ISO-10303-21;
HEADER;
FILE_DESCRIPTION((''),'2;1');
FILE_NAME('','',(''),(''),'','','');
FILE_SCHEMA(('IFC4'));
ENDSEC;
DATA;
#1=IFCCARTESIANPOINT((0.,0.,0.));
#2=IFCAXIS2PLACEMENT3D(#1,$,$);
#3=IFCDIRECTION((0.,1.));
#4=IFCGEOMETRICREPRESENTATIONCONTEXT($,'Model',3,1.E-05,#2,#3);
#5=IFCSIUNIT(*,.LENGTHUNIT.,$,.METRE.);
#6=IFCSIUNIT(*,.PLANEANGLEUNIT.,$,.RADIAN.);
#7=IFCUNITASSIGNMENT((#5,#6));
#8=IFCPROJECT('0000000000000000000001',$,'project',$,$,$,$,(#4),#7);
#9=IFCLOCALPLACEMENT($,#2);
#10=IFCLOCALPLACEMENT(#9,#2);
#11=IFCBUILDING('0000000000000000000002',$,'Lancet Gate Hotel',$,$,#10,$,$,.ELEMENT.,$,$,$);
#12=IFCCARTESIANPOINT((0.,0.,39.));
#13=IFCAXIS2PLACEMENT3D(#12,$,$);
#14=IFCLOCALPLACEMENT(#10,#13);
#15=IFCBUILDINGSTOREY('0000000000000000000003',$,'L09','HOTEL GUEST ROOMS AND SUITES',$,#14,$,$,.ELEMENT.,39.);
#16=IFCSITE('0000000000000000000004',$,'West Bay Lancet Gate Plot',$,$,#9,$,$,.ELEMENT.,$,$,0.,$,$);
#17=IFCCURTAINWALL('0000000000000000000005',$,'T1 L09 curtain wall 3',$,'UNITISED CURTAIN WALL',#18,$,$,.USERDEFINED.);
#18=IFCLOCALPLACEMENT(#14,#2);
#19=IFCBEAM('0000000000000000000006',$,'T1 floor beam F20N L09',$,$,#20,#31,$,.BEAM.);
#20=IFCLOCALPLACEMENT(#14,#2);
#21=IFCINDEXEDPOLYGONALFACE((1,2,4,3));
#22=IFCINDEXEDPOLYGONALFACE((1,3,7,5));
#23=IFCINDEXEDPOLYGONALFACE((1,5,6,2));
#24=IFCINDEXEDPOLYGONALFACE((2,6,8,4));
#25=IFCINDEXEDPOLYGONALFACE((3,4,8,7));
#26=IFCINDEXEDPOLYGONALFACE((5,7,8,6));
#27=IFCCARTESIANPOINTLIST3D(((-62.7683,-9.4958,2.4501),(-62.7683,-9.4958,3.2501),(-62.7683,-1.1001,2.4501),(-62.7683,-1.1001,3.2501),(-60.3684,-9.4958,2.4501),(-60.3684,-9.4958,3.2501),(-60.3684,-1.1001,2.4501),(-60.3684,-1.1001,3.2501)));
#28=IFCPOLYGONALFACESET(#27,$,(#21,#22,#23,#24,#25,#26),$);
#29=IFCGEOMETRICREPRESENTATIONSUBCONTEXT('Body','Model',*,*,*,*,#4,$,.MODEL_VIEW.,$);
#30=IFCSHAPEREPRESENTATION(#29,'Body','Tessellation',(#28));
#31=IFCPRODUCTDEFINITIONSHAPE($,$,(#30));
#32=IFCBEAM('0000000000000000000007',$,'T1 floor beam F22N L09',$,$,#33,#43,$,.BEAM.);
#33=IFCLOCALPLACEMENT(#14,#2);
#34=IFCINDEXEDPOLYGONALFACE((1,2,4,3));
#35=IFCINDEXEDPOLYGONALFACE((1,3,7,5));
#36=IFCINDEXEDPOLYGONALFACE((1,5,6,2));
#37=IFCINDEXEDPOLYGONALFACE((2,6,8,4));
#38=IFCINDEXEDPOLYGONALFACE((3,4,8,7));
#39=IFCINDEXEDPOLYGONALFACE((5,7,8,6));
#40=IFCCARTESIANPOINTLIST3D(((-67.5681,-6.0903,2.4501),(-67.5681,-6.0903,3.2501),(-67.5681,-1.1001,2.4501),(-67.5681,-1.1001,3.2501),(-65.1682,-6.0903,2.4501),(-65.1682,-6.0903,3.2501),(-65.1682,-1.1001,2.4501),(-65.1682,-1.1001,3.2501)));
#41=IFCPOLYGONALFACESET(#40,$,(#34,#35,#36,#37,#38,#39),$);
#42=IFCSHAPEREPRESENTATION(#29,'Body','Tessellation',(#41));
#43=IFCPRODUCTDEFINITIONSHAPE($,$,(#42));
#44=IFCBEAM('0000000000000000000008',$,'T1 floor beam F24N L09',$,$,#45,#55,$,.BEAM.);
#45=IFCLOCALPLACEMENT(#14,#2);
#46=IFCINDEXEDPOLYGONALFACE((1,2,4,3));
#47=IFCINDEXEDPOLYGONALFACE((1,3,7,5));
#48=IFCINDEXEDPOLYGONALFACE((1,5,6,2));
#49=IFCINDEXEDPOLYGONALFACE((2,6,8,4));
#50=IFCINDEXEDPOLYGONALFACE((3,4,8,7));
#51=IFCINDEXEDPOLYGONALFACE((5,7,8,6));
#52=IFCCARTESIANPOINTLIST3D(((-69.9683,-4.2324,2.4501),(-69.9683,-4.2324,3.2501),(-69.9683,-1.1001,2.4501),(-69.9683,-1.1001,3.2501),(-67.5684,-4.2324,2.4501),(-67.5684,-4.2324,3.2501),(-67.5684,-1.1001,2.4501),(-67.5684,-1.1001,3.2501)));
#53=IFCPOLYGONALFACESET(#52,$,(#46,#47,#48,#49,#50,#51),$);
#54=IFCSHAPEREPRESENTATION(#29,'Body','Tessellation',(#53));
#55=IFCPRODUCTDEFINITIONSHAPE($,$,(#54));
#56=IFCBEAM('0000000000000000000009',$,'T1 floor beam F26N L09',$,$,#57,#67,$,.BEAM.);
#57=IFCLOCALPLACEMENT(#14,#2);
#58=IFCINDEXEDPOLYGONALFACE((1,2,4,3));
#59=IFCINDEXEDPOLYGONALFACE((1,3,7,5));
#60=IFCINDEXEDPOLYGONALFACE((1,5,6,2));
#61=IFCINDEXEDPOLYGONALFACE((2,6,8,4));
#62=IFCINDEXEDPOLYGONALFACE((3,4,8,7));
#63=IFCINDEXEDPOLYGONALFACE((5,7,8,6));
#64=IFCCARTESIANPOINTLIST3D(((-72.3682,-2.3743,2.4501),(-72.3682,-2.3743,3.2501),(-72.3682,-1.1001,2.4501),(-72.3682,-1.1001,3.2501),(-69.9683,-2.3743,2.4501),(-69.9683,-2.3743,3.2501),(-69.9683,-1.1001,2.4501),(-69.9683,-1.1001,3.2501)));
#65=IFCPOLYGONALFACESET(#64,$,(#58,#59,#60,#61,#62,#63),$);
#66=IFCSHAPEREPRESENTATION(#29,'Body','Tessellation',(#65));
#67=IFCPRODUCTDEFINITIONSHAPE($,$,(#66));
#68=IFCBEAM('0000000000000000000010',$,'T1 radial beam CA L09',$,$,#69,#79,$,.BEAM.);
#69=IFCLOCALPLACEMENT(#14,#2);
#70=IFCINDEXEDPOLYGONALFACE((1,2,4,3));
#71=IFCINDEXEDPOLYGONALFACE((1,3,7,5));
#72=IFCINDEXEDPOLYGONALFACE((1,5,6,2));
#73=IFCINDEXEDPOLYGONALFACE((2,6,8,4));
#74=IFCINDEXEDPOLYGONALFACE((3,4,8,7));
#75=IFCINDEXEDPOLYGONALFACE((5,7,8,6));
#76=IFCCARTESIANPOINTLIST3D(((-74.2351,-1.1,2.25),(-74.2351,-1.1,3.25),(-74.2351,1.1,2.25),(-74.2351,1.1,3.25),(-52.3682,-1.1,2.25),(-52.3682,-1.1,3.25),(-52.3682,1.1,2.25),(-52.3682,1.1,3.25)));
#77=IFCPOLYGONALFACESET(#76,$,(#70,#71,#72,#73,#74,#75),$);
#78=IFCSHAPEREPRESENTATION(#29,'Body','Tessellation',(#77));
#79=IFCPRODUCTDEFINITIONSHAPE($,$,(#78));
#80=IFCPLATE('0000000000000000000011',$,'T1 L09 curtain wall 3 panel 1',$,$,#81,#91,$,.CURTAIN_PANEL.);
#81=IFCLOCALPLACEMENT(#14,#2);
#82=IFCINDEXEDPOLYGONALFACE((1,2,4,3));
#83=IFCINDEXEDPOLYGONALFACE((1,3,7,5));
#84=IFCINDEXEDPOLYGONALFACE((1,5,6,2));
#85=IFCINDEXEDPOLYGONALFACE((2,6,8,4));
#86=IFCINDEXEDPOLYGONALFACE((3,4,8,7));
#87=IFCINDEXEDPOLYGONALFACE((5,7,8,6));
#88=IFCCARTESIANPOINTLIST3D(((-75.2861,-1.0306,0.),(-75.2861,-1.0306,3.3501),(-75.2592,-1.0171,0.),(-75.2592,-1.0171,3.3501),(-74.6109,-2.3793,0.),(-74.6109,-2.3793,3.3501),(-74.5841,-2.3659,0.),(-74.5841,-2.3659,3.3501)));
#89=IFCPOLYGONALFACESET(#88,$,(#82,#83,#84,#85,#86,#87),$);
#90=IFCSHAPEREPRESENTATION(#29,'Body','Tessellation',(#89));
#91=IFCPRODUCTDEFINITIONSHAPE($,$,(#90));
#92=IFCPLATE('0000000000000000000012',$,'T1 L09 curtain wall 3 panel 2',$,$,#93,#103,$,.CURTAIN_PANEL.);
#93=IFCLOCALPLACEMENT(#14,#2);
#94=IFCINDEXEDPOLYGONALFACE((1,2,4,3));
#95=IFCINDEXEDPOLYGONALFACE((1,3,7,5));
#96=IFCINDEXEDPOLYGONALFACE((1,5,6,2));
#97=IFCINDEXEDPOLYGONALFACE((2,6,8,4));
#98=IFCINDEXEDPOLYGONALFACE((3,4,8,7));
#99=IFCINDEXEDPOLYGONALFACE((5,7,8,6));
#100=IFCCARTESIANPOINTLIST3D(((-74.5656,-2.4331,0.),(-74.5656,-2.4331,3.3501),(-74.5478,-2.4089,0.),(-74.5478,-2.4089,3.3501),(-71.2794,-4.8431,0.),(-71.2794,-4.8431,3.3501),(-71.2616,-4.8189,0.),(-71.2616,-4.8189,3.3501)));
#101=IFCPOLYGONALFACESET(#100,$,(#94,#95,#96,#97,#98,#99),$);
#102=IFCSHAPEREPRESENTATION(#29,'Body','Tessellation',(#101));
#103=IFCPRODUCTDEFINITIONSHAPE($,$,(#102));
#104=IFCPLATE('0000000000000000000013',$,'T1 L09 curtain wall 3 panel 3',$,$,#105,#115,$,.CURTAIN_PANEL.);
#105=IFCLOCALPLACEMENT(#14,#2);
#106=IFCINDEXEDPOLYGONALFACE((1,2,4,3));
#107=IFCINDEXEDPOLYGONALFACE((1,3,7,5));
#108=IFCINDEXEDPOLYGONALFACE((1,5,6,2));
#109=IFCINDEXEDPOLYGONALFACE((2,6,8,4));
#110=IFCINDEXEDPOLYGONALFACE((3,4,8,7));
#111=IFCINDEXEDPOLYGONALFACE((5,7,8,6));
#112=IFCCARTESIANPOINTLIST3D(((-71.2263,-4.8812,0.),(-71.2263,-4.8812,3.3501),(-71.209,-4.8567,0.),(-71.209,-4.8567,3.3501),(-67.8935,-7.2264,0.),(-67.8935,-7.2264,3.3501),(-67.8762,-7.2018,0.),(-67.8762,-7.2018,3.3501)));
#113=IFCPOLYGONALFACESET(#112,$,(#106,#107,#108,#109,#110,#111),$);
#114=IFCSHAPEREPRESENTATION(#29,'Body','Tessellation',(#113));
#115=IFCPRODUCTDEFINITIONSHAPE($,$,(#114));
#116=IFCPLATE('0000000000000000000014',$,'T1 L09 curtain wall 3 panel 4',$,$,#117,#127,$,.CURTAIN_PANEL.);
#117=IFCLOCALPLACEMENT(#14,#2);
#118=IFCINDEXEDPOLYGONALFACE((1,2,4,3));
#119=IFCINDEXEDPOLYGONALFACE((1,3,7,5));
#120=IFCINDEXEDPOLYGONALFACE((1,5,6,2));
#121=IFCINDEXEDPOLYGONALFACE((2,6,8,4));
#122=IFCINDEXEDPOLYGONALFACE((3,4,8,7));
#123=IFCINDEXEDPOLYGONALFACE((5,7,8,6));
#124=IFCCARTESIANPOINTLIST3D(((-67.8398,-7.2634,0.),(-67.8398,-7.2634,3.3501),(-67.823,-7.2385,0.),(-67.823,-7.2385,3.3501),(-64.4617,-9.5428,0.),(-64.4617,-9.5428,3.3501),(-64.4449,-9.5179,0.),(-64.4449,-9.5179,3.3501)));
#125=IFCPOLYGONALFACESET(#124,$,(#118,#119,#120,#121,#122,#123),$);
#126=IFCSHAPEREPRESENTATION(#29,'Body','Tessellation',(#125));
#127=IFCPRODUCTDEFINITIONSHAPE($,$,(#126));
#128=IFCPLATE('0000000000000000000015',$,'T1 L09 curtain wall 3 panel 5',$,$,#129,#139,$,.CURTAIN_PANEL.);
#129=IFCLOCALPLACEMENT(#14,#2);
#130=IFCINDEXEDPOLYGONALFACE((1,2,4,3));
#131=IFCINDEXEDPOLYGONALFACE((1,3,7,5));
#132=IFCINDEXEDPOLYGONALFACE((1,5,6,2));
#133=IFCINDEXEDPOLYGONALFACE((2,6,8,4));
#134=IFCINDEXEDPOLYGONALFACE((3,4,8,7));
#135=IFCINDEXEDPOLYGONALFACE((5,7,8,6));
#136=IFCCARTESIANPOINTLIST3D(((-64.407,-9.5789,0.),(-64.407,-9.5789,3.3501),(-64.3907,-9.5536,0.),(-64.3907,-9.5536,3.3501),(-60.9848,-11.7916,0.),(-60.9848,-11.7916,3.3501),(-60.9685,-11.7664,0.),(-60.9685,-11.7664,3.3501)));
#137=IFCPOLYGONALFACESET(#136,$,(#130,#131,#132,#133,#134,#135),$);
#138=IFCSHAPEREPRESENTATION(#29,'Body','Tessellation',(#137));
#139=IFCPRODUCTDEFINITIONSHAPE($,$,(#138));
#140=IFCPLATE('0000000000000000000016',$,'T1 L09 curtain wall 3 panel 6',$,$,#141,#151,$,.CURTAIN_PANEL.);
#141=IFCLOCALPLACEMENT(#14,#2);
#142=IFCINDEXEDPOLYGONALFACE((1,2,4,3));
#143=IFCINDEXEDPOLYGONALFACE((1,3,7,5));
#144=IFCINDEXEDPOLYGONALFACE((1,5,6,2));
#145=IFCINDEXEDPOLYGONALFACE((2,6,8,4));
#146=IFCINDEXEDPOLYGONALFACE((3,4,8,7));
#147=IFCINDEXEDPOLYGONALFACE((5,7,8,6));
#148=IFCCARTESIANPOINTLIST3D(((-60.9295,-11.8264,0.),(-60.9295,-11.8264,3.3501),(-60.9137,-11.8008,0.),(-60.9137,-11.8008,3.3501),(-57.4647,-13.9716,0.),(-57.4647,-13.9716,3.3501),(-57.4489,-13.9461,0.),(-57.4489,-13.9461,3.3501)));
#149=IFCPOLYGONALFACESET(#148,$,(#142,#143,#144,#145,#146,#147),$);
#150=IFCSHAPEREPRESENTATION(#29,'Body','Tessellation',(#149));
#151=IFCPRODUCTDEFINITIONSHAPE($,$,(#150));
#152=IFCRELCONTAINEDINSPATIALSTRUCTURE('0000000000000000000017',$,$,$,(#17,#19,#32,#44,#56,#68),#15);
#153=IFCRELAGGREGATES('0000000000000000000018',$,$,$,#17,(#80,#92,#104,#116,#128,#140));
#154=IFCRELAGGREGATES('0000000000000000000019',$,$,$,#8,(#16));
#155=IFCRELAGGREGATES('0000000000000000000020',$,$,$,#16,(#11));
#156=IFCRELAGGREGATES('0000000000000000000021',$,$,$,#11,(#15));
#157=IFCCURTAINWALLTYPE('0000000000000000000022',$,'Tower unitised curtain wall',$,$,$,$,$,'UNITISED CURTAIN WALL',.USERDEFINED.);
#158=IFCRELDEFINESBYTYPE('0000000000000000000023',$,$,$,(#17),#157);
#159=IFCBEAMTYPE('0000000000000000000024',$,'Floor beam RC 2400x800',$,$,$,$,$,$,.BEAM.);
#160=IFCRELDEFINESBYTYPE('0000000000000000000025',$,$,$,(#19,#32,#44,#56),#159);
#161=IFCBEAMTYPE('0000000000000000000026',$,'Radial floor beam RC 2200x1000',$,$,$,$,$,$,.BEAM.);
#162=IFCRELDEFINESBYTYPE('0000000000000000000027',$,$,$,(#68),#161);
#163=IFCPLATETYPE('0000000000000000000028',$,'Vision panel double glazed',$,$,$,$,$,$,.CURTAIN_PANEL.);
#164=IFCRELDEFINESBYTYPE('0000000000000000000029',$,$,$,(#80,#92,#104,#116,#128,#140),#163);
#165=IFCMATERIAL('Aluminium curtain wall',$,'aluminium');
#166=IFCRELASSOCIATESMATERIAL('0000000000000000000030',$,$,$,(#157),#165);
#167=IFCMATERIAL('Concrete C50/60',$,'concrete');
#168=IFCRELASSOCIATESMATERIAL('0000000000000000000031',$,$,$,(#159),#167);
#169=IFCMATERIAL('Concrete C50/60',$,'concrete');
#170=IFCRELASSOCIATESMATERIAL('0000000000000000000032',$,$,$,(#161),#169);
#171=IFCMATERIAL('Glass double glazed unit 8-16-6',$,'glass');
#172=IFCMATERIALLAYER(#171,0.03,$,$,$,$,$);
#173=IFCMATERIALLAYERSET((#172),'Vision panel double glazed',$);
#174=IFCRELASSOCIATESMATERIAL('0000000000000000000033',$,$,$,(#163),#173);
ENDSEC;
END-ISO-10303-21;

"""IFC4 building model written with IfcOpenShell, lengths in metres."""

from ifc_helpers import new_model, si_unit, direction, frame, origin, origin_2d, place, context, subcontext, project, spatial, rectangle, extrude, material, layer, layer_set, material_profile, profile_set, type_object, element, aggregate, save


model = new_model("IFC4")

# Units and contexts
model_context = context("Model", 3, precision=1e-05, world=origin(), true_north=direction((0.0, 1.0)))
body_context = subcontext(model_context, "Body", "Model", "MODEL_VIEW")
ifc_project = project(units=[si_unit("LENGTHUNIT", "METRE"), si_unit("PLANEANGLEUNIT", "RADIAN")], contexts=[model_context])

# Site, building, storey
site_placement = place(None, origin())
site = spatial("IfcSite", under=ifc_project, at=site_placement, Name="West Bay Lancet Gate Plot", CompositionType="ELEMENT", RefElevation=0.0)
building_placement = place(site_placement, origin())
building = spatial("IfcBuilding", under=site, at=building_placement, Name="Lancet Gate Hotel", CompositionType="ELEMENT")
storey_placement = place(building_placement, frame((0.0, 0.0, 39.0)))
storey = spatial("IfcBuildingStorey", under=building, at=storey_placement, Name="L09", Description="HOTEL GUEST ROOMS AND SUITES", CompositionType="ELEMENT", Elevation=39.0)

# Curtain wall
ifc_material_1 = material(Name="Aluminium curtain wall", Category="aluminium")
curtain_wall_type = type_object("IfcCurtainWallType", Name="Tower unitised curtain wall", ElementType="UNITISED CURTAIN WALL", PredefinedType="USERDEFINED", material=ifc_material_1)
curtain_wall_placement = place(storey_placement, origin())
curtain_wall = element("IfcCurtainWall", 1, at=curtain_wall_placement, inside=storey, type_object=curtain_wall_type, Name="T1 L09 curtain wall 3", ObjectType="UNITISED CURTAIN WALL", PredefinedType="USERDEFINED")

# Beams
ifc_material_2 = material(Name="Concrete C50/60", Category="concrete")
ifc_material_profile_1 = material_profile(ifc_material_2, rectangle(XDim=2.3999, YDim=0.8, at=origin_2d()), Name="RC 2400x800")
ifc_profile_set_1 = profile_set([ifc_material_profile_1], Name="Concrete C50/60")
beam_type_1 = type_object("IfcBeamType", Name="Floor beam RC 2400x800", PredefinedType="BEAM", material=ifc_profile_set_1)
beam_1_placement = place(storey_placement, frame((-61.5684, -1.1001, 2.8501), z_axis=(0.0, -1.0, 0.0), x_axis=(1.0, 0.0, 0.0)))
element("IfcBeam", 2, at=beam_1_placement, inside=storey, type_object=beam_type_1, Name="T1 floor beam F20N L09", PredefinedType="BEAM", context=body_context, shape_type="SweptSolid", body=[
    extrude(rectangle(XDim=2.3999, YDim=0.8, at=origin_2d()), origin(), (0.0, 0.0, 1.0), 8.3958),
])
beam_2_placement = place(storey_placement, frame((-66.3682, -1.1001, 2.8501), z_axis=(0.0, -1.0, 0.0), x_axis=(1.0, 0.0, 0.0)))
element("IfcBeam", 3, at=beam_2_placement, inside=storey, type_object=beam_type_1, Name="T1 floor beam F22N L09", PredefinedType="BEAM", context=body_context, shape_type="SweptSolid", body=[
    extrude(rectangle(XDim=2.3999, YDim=0.8, at=origin_2d()), origin(), (0.0, 0.0, 1.0), 4.9902),
])
beam_3_placement = place(storey_placement, frame((-68.7683, -1.1001, 2.8501), z_axis=(0.0, -1.0, 0.0), x_axis=(1.0, 0.0, 0.0)))
element("IfcBeam", 4, at=beam_3_placement, inside=storey, type_object=beam_type_1, Name="T1 floor beam F24N L09", PredefinedType="BEAM", context=body_context, shape_type="SweptSolid", body=[
    extrude(rectangle(XDim=2.3999, YDim=0.8, at=origin_2d()), origin(), (0.0, 0.0, 1.0), 3.1323),
])
beam_4_placement = place(storey_placement, frame((-71.1682, -1.1001, 2.8501), z_axis=(0.0, -1.0, 0.0), x_axis=(1.0, 0.0, 0.0)))
element("IfcBeam", 5, at=beam_4_placement, inside=storey, type_object=beam_type_1, Name="T1 floor beam F26N L09", PredefinedType="BEAM", context=body_context, shape_type="SweptSolid", body=[
    extrude(rectangle(XDim=2.3999, YDim=0.8, at=origin_2d()), origin(), (0.0, 0.0, 1.0), 1.2742),
])
ifc_material_3 = material(Name="Concrete C50/60", Category="concrete")
ifc_material_profile_2 = material_profile(ifc_material_3, rectangle(XDim=2.2, YDim=1.0, at=origin_2d()), Name="RC 2200x1000")
ifc_profile_set_2 = profile_set([ifc_material_profile_2], Name="Concrete C50/60")
beam_type_2 = type_object("IfcBeamType", Name="Radial floor beam RC 2200x1000", PredefinedType="BEAM", material=ifc_profile_set_2)
beam_5_placement = place(storey_placement, frame((-74.2351, 0.0, 2.75), z_axis=(1.0, 0.0, 0.0), x_axis=(0.0, 1.0, 0.0)))
element("IfcBeam", 6, at=beam_5_placement, inside=storey, type_object=beam_type_2, Name="T1 radial beam CA L09", PredefinedType="BEAM", context=body_context, shape_type="SweptSolid", body=[
    extrude(rectangle(XDim=2.2, YDim=1.0, at=origin_2d()), origin(), (0.0, 0.0, 1.0), 21.8669),
])

# Plates
ifc_material_4 = material(Name="Glass double glazed unit 8-16-6", Category="glass")
ifc_layer = layer(ifc_material_4, 0.03)
ifc_layer_set = layer_set([ifc_layer], Name="Vision panel double glazed")
plate_type = type_object("IfcPlateType", Name="Vision panel double glazed", PredefinedType="CURTAIN_PANEL", material=ifc_layer_set)
plate_1_placement = place(storey_placement, frame((-74.9351, -1.6982, 0.0), z_axis=(0.0, 0.0, 1.0), x_axis=(0.447628, -0.89422, 0.0)))
plate_1 = element("IfcPlate", 7, at=plate_1_placement, type_object=plate_type, Name="T1 L09 curtain wall 3 panel 1", PredefinedType="CURTAIN_PANEL", context=body_context, shape_type="SweptSolid", body=[
    extrude(rectangle(XDim=1.5083, YDim=0.03, at=origin_2d()), origin(), (0.0, 0.0, 1.0), 3.3501),
])
plate_2_placement = place(storey_placement, frame((-72.9136, -3.626, 0.0), z_axis=(0.0, 0.0, 1.0), x_axis=(0.80639, -0.591384, 0.0)))
plate_2 = element("IfcPlate", 8, at=plate_2_placement, type_object=plate_type, Name="T1 L09 curtain wall 3 panel 2", PredefinedType="CURTAIN_PANEL", context=body_context, shape_type="SweptSolid", body=[
    extrude(rectangle(XDim=4.0752, YDim=0.03, at=origin_2d()), origin(), (0.0, 0.0, 1.0), 3.3501),
])
plate_3_placement = place(storey_placement, frame((-69.5513, -6.0415, 0.0), z_axis=(0.0, 0.0, 1.0), x_axis=(0.817825, -0.575467, 0.0)))
plate_3 = element("IfcPlate", 9, at=plate_3_placement, type_object=plate_type, Name="T1 L09 curtain wall 3 panel 3", PredefinedType="CURTAIN_PANEL", context=body_context, shape_type="SweptSolid", body=[
    extrude(rectangle(XDim=4.0752, YDim=0.03, at=origin_2d()), origin(), (0.0, 0.0, 1.0), 3.3501),
])
plate_4_placement = place(storey_placement, frame((-66.1423, -8.3906, 0.0), z_axis=(0.0, 0.0, 1.0), x_axis=(0.828946, -0.559329, 0.0)))
plate_4 = element("IfcPlate", 10, at=plate_4_placement, type_object=plate_type, Name="T1 L09 curtain wall 3 panel 4", PredefinedType="CURTAIN_PANEL", context=body_context, shape_type="SweptSolid", body=[
    extrude(rectangle(XDim=4.0752, YDim=0.03, at=origin_2d()), origin(), (0.0, 0.0, 1.0), 3.3501),
])
plate_5_placement = place(storey_placement, frame((-62.6877, -10.6726, 0.0), z_axis=(0.0, 0.0, 1.0), x_axis=(0.839749, -0.542975, 0.0)))
plate_5 = element("IfcPlate", 11, at=plate_5_placement, type_object=plate_type, Name="T1 L09 curtain wall 3 panel 5", PredefinedType="CURTAIN_PANEL", context=body_context, shape_type="SweptSolid", body=[
    extrude(rectangle(XDim=4.0752, YDim=0.03, at=origin_2d()), origin(), (0.0, 0.0, 1.0), 3.3501),
])
plate_6_placement = place(storey_placement, frame((-59.1892, -12.8862, 0.0), z_axis=(0.0, 0.0, 1.0), x_axis=(0.850229, -0.526414, 0.0)))
plate_6 = element("IfcPlate", 12, at=plate_6_placement, type_object=plate_type, Name="T1 L09 curtain wall 3 panel 6", PredefinedType="CURTAIN_PANEL", context=body_context, shape_type="SweptSolid", body=[
    extrude(rectangle(XDim=4.0752, YDim=0.03, at=origin_2d()), origin(), (0.0, 0.0, 1.0), 3.3501),
])
aggregate(curtain_wall, [plate_1, plate_2, plate_3, plate_4, plate_5, plate_6])

save(model, "model.ifc")
